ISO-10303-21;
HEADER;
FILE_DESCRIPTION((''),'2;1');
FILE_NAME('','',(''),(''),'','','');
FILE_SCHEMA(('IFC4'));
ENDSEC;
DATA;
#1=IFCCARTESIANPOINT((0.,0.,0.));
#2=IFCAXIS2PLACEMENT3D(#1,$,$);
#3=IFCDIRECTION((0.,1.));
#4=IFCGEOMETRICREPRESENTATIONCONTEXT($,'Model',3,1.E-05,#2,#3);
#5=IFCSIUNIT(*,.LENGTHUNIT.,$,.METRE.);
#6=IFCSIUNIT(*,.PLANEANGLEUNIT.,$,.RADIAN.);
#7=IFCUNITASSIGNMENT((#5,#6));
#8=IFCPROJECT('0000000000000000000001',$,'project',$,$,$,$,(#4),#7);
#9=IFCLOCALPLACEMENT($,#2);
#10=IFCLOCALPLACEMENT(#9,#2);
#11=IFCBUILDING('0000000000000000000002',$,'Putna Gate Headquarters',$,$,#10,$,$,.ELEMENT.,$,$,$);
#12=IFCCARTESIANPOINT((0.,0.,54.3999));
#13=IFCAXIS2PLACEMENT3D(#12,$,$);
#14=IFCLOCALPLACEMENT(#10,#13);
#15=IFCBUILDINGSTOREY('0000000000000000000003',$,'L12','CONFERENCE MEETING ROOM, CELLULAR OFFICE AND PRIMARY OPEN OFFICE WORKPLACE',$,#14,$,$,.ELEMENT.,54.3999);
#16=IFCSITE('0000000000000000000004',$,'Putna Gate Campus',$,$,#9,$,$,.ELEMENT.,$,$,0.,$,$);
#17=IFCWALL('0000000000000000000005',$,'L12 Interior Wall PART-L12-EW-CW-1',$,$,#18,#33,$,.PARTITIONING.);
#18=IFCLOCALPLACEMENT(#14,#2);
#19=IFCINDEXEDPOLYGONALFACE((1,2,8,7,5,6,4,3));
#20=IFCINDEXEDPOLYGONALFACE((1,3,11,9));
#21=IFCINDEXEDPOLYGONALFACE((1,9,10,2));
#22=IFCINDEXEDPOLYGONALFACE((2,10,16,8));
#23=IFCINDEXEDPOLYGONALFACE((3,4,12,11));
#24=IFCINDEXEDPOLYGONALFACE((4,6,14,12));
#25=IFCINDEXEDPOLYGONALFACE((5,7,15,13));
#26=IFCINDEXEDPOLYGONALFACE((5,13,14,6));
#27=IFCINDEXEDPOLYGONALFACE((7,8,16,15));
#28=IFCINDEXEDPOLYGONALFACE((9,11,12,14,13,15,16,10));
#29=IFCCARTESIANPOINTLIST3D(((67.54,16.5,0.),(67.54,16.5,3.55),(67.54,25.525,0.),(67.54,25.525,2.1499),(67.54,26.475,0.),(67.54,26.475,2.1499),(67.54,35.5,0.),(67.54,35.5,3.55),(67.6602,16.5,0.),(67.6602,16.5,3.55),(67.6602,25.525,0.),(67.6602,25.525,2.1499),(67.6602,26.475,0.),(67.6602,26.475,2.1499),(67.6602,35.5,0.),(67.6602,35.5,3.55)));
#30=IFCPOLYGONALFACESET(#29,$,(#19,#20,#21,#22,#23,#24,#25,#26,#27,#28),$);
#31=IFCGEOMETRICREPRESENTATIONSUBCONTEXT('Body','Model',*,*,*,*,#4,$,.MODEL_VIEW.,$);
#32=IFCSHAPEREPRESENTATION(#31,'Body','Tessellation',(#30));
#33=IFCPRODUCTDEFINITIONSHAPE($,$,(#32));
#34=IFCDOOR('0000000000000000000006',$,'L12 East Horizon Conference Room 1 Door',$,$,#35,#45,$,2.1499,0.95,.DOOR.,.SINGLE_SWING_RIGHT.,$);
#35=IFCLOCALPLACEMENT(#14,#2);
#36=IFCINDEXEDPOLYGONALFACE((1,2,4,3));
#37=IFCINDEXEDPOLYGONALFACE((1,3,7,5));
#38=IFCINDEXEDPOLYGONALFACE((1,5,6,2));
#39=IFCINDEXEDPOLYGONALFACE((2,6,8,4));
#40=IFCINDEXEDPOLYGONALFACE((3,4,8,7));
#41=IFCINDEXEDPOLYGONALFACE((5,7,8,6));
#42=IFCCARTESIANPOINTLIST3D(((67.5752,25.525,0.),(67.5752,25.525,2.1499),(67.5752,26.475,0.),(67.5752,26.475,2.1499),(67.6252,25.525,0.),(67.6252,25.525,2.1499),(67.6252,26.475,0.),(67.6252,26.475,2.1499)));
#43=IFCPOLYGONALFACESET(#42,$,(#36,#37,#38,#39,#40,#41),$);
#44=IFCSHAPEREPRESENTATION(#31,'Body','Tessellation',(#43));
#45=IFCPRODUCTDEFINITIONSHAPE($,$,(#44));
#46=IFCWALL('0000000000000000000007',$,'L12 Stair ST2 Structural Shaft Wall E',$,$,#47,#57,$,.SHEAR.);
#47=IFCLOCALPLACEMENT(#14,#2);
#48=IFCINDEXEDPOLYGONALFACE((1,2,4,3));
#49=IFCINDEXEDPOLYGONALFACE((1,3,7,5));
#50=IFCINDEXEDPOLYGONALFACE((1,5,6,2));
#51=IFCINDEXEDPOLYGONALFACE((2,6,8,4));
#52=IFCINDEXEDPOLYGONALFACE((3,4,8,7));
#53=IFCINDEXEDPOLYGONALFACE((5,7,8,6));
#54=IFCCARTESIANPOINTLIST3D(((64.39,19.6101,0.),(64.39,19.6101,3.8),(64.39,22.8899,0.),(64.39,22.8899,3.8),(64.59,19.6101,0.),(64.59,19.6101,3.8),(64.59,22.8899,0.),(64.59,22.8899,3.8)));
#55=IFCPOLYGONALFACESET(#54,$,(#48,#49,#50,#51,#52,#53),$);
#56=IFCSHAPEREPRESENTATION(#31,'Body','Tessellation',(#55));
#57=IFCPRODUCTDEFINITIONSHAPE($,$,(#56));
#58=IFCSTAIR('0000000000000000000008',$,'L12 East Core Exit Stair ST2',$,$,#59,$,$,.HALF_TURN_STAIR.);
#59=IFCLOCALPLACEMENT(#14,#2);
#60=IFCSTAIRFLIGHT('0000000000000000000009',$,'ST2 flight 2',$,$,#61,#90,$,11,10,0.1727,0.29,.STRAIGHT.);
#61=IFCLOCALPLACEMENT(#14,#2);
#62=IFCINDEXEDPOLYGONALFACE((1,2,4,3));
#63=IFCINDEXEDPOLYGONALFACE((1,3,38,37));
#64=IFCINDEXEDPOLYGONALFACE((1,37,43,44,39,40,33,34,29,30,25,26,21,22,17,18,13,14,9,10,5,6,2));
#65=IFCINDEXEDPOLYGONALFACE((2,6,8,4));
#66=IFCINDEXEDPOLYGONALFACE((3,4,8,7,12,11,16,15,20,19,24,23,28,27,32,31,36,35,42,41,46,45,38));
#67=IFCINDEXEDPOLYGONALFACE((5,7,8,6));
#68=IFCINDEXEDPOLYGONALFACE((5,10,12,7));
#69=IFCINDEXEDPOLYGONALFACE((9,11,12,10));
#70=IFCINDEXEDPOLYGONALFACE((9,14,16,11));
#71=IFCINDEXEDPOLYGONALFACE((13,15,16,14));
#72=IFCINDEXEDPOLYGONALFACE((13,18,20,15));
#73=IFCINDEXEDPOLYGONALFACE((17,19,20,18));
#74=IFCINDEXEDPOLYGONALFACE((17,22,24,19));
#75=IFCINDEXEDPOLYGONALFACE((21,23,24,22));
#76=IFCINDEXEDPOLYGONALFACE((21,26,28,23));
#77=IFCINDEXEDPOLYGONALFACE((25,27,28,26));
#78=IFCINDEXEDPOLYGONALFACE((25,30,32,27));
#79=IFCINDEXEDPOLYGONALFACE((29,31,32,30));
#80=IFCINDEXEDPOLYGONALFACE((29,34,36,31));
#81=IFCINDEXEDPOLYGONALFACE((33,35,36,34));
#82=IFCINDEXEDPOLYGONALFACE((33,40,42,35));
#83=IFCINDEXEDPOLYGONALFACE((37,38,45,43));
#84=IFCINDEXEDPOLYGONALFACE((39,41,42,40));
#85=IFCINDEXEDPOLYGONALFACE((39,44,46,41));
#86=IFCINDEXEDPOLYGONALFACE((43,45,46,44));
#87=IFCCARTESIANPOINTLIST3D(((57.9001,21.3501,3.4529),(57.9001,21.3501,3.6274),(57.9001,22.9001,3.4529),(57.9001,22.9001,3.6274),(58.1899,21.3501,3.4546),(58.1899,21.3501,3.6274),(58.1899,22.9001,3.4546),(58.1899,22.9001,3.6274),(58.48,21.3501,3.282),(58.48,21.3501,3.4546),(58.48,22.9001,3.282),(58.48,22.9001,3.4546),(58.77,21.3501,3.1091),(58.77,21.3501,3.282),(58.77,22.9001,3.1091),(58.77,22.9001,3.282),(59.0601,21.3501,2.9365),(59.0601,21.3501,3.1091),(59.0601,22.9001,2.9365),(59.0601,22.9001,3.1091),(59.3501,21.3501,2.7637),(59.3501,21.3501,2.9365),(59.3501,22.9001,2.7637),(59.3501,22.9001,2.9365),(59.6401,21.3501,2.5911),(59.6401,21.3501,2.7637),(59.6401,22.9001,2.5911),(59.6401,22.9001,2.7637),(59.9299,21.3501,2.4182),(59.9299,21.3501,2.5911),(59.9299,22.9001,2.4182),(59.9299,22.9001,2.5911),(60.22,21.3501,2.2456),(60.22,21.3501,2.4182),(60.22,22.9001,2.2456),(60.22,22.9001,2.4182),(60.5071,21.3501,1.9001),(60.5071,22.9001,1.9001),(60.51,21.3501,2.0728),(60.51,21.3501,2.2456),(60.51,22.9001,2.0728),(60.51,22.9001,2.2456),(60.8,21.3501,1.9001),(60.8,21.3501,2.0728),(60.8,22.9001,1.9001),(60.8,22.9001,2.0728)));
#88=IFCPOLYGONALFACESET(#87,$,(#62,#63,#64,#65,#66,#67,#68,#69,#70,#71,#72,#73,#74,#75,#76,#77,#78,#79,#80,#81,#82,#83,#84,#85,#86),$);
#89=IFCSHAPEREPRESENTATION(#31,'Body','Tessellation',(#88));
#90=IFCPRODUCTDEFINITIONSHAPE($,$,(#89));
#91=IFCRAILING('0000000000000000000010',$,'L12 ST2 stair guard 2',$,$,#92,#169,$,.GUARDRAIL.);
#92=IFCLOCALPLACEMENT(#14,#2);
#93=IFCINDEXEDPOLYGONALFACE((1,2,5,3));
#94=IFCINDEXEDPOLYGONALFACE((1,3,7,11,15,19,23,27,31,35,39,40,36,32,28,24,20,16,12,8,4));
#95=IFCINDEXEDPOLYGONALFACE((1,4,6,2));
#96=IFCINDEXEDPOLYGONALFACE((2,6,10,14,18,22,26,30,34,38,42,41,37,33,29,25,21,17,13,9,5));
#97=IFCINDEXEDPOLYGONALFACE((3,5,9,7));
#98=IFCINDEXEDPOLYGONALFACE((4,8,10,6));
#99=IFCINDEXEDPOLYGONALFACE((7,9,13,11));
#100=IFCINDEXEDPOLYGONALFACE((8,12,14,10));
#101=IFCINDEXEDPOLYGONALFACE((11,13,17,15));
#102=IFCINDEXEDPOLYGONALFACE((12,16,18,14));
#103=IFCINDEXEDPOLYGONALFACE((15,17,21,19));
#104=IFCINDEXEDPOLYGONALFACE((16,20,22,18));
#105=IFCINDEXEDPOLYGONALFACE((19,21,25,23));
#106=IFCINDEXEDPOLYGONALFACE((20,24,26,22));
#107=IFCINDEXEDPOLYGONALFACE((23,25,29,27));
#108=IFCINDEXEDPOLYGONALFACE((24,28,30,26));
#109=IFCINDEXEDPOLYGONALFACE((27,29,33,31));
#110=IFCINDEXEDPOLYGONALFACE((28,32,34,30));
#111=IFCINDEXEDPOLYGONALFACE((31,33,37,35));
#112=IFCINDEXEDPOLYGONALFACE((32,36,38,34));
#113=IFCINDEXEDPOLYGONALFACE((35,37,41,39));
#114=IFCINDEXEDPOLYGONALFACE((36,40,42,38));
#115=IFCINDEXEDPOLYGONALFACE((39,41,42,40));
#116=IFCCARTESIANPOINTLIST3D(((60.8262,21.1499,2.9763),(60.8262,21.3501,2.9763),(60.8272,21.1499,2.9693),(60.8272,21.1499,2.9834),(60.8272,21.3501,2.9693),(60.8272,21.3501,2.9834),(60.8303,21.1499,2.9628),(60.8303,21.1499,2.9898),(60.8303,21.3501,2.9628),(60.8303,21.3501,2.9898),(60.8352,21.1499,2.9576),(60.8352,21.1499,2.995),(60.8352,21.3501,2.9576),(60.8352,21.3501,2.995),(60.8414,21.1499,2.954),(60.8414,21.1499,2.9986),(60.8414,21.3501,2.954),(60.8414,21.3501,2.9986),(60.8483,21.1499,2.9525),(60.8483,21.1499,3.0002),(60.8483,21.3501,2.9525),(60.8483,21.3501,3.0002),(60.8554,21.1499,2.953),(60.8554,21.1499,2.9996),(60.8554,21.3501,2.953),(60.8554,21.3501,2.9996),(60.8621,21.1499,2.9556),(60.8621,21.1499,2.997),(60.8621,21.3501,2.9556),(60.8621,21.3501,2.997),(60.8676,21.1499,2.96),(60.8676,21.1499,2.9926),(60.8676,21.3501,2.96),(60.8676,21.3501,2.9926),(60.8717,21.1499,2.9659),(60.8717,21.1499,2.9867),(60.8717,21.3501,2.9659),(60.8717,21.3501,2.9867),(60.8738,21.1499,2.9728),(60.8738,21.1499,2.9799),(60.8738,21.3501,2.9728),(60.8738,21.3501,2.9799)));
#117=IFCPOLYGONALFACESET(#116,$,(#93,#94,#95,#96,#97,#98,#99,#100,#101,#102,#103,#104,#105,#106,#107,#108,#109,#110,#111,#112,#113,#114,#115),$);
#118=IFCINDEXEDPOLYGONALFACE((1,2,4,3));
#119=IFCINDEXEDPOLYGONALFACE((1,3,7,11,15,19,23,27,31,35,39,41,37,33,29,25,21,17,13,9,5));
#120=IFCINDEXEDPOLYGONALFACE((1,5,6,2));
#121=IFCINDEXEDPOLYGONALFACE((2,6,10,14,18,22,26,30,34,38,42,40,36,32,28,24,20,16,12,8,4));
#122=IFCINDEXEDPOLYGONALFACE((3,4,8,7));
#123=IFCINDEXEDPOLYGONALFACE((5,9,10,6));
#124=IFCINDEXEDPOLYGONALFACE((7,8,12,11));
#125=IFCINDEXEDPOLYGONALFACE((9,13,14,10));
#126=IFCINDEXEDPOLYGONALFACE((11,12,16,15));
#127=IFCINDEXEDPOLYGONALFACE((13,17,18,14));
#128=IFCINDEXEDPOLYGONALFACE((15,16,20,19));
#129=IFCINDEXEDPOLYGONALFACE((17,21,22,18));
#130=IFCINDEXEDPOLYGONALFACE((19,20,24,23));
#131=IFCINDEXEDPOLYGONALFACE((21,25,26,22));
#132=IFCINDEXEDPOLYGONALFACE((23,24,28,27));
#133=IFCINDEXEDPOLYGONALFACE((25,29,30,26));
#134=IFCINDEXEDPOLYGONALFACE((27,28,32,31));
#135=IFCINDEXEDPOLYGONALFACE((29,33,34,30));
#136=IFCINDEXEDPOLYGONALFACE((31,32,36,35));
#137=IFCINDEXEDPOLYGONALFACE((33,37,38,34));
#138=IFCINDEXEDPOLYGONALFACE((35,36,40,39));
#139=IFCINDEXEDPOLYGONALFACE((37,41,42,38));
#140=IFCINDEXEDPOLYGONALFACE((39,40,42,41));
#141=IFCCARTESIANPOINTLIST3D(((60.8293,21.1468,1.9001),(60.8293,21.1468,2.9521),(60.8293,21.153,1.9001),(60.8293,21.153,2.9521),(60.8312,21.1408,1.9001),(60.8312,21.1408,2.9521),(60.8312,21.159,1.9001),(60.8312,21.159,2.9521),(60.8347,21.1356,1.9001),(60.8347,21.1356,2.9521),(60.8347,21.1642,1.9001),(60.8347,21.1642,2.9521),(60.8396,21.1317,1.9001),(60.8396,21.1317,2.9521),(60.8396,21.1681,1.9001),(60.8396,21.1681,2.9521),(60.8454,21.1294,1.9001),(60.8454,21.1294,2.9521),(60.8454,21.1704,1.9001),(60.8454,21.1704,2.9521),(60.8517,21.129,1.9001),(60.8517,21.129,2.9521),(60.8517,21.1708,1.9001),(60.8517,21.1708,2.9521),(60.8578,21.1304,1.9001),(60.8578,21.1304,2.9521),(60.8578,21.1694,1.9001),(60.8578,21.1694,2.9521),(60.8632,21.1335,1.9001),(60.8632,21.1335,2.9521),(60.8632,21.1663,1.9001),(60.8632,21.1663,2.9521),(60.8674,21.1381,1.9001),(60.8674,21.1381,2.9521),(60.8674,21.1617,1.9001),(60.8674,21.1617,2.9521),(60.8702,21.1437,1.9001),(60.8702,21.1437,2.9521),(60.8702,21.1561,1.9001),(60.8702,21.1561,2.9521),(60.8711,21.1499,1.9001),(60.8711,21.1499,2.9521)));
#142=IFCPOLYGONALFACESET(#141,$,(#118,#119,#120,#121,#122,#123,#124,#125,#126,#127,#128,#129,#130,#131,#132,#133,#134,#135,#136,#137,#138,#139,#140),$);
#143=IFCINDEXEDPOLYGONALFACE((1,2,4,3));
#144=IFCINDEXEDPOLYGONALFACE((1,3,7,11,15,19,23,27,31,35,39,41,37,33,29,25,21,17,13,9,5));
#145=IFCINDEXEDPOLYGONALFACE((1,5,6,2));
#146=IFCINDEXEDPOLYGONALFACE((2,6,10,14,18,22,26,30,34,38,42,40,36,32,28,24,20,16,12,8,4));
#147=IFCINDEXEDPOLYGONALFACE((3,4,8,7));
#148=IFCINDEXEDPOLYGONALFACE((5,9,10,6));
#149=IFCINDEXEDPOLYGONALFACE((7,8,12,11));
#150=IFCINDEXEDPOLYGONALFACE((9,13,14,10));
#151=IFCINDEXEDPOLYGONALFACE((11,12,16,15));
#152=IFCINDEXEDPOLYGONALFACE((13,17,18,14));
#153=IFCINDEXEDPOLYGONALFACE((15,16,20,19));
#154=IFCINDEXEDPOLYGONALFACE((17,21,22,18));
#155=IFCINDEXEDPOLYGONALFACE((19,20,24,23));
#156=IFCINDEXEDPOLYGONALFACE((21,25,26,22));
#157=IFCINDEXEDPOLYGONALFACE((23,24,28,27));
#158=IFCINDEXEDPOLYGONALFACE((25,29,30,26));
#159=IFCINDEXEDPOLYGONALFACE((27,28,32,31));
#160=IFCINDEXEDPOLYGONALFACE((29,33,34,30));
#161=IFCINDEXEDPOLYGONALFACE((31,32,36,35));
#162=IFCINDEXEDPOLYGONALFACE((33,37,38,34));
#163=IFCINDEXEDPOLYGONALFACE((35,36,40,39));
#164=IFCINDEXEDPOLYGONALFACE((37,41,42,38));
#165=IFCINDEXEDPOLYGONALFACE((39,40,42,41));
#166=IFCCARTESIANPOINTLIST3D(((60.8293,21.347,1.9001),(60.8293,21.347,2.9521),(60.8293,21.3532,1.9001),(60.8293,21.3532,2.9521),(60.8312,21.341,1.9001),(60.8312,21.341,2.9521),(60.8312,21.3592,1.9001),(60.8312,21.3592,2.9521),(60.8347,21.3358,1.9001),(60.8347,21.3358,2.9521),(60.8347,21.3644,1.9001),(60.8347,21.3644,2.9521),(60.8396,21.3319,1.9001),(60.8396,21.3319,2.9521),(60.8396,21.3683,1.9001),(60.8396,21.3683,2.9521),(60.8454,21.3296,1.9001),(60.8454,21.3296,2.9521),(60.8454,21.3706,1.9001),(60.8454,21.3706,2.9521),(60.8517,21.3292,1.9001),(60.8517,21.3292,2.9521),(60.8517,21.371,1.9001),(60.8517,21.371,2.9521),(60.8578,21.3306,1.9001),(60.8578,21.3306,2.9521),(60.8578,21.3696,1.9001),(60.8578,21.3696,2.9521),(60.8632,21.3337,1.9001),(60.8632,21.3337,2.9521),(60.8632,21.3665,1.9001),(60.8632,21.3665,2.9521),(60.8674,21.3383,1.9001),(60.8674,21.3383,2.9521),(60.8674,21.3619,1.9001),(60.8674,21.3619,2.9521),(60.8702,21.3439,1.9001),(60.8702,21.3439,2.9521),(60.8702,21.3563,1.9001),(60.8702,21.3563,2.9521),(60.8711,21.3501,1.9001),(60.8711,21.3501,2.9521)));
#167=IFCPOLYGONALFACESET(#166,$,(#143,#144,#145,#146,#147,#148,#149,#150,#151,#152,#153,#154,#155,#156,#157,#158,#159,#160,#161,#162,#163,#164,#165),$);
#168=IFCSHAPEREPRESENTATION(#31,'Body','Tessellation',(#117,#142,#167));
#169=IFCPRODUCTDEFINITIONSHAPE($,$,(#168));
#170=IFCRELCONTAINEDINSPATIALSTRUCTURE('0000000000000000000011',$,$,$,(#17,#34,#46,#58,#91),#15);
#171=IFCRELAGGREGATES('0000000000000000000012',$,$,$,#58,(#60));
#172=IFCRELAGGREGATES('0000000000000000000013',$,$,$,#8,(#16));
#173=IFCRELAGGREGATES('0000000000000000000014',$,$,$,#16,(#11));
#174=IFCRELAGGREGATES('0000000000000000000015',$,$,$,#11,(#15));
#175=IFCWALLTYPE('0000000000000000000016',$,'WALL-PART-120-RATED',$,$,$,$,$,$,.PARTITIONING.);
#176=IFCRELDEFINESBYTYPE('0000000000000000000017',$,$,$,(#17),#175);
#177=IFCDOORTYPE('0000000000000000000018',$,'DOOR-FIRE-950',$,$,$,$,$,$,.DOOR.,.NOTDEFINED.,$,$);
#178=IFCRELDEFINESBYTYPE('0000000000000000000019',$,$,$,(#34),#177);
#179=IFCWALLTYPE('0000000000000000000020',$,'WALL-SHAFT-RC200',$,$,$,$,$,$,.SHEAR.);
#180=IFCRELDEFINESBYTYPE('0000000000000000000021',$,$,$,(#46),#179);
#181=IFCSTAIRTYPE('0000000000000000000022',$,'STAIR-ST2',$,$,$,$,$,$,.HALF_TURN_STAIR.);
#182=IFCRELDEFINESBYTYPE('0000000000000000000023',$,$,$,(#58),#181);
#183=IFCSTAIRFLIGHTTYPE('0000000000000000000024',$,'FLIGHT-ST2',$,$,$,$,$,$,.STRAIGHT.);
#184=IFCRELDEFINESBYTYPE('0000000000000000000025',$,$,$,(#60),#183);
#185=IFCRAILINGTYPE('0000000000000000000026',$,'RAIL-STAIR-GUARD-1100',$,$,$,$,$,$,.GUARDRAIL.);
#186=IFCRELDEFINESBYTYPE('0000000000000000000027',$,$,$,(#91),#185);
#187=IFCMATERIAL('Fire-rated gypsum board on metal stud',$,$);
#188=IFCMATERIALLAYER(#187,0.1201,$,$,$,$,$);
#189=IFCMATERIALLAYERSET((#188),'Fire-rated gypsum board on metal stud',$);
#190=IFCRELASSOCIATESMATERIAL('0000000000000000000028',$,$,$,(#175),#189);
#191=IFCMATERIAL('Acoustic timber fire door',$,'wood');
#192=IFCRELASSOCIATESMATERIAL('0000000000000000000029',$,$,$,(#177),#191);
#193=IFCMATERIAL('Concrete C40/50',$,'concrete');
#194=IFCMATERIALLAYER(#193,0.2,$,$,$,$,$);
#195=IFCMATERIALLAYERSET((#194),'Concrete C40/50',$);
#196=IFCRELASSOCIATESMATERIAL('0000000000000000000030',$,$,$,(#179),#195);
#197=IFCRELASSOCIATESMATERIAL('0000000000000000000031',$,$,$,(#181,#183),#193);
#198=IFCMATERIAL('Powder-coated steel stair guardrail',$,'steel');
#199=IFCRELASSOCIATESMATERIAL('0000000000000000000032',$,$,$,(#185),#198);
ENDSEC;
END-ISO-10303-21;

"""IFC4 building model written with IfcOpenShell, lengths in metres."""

from ifc_helpers import new_model, si_unit, direction, frame, frame_2d, origin, origin_2d, place, context, subcontext, project, spatial, polyline, rectangle, circle, outline, extrude, material, layer, layer_set, type_object, element, fill, aggregate, save


model = new_model("IFC4")

# Units and contexts
model_context = context("Model", 3, precision=1e-05, world=origin(), true_north=direction((0.0, 1.0)))
body_context = subcontext(model_context, "Body", "Model", "MODEL_VIEW")
ifc_project = project(units=[si_unit("LENGTHUNIT", "METRE"), si_unit("PLANEANGLEUNIT", "RADIAN")], contexts=[model_context])

# Site, building, storey
site_placement = place(None, origin())
site = spatial("IfcSite", under=ifc_project, at=site_placement, Name="Putna Gate Campus", CompositionType="ELEMENT", RefElevation=0.0)
building_placement = place(site_placement, origin())
building = spatial("IfcBuilding", under=site, at=building_placement, Name="Putna Gate Headquarters", CompositionType="ELEMENT")
storey_placement = place(building_placement, frame((0.0, 0.0, 54.3999)))
storey = spatial("IfcBuildingStorey", under=building, at=storey_placement, Name="L12", Description="CONFERENCE MEETING ROOM, CELLULAR OFFICE AND PRIMARY OPEN OFFICE WORKPLACE", CompositionType="ELEMENT", Elevation=54.3999)

# Wall, opening, door
ifc_material_1 = material(Name="Fire-rated gypsum board on metal stud")
ifc_layer_1 = layer(ifc_material_1, 0.1201)
ifc_layer_set_1 = layer_set([ifc_layer_1], Name="Fire-rated gypsum board on metal stud")
wall_type_1 = type_object("IfcWallType", Name="WALL-PART-120-RATED", PredefinedType="PARTITIONING", material=ifc_layer_set_1)
wall_1_placement = place(storey_placement, frame((67.6001, 16.5, 0.0), z_axis=(0.0, 0.0, 1.0), x_axis=(0.0, 1.0, 0.0)))
wall_1 = element("IfcWall", 1, at=wall_1_placement, inside=storey, type_object=wall_type_1, Name="L12 Interior Wall PART-L12-EW-CW-1", PredefinedType="PARTITIONING", context=body_context, shape_type="SweptSolid", body=[
    extrude(rectangle(XDim=19.0, YDim=0.1201, at=frame_2d((9.5, 0.0))), origin(), (0.0, 0.0, 1.0), 3.55),
])
opening_1_placement = place(wall_1_placement, frame((9.0249, 0.0, 0.0)))
opening_1 = element("IfcOpeningElement", 2, at=opening_1_placement, cuts=wall_1, PredefinedType="OPENING", context=body_context, shape_type="SweptSolid", body=[
    extrude(rectangle(XDim=0.95, YDim=2.1499, at=frame_2d((0.4751, 1.075))), frame((0.0, 0.0701, 0.0), z_axis=(0.0, -1.0, 0.0), x_axis=(1.0, 0.0, 0.0)), (0.0, 0.0, 1.0), 0.1401),
])
ifc_material_2 = material(Name="Acoustic timber fire door", Category="wood")
door_type_1 = type_object("IfcDoorType", Name="DOOR-FIRE-950", OperationType="NOTDEFINED", PredefinedType="DOOR", material=ifc_material_2)
door_1_placement = place(opening_1_placement, origin())
door_1 = element("IfcDoor", 3, at=door_1_placement, inside=storey, type_object=door_type_1, Name="L12 East Horizon Conference Room 1 Door", OperationType="SINGLE_SWING_RIGHT", OverallHeight=2.1499, OverallWidth=0.95, PredefinedType="DOOR", context=body_context, shape_type="SweptSolid", body=[
    extrude(rectangle(XDim=0.95, YDim=2.1499, at=frame_2d((0.4751, 1.075))), frame((0.0, 0.0249, 0.0), z_axis=(0.0, -1.0, 0.0), x_axis=(1.0, 0.0, 0.0)), (0.0, 0.0, 1.0), 0.05),
])
fill(opening_1, door_1)

# Wall
ifc_material_3 = material(Name="Concrete C40/50", Category="concrete")
ifc_layer_2 = layer(ifc_material_3, 0.2)
ifc_layer_set_2 = layer_set([ifc_layer_2], Name="Concrete C40/50")
wall_type_2 = type_object("IfcWallType", Name="WALL-SHAFT-RC200", PredefinedType="SHEAR", material=ifc_layer_set_2)
wall_2_placement = place(storey_placement, frame((64.49, 19.6101, 0.0), z_axis=(0.0, 0.0, 1.0), x_axis=(0.0, 1.0, 0.0)))
element("IfcWall", 4, at=wall_2_placement, inside=storey, type_object=wall_type_2, Name="L12 Stair ST2 Structural Shaft Wall E", PredefinedType="SHEAR", context=body_context, shape_type="SweptSolid", body=[
    extrude(rectangle(XDim=3.2798, YDim=0.2, at=frame_2d((1.6399, 0.0))), origin(), (0.0, 0.0, 1.0), 3.8),
])

# Stair, stair flight
stair_type = type_object("IfcStairType", Name="STAIR-ST2", PredefinedType="HALF_TURN_STAIR", material=ifc_material_3)
stair_placement = place(storey_placement, origin())
stair = element("IfcStair", 5, at=stair_placement, inside=storey, type_object=stair_type, Name="L12 East Core Exit Stair ST2", PredefinedType="HALF_TURN_STAIR")
stair_flight_type = type_object("IfcStairFlightType", Name="FLIGHT-ST2", PredefinedType="STRAIGHT", material=ifc_material_3)
stair_flight_placement = place(storey_placement, frame((60.8, 22.125, 1.9001), z_axis=(0.0, 0.0, 1.0), x_axis=(-1.0, 0.0, 0.0)))
stair_flight = element("IfcStairFlight", 6, at=stair_flight_placement, type_object=stair_flight_type, Name="ST2 flight 2", NumberOfRisers=11, NumberOfTreads=10, PredefinedType="STRAIGHT", RiserHeight=0.1727, TreadLength=0.29, context=body_context, shape_type="SweptSolid", body=[
    extrude(outline(polyline([(0.0, 0.0), (0.0, 0.1726), (0.29, 0.1726), (0.29, 0.3455), (0.5801, 0.3455), (0.5801, 0.5181), (0.8701, 0.5181), (0.8701, 0.6909), (1.1599, 0.6909), (1.1599, 0.8635), (1.45, 0.8635), (1.45, 1.0364), (1.74, 1.0364), (1.74, 1.209), (2.03, 1.209), (2.03, 1.3818), (2.3201, 1.3818), (2.3201, 1.5544), (2.6101, 1.5544), (2.6101, 1.7273), (2.8999, 1.7273), (2.8999, 1.8999), (2.8999, 1.5527), (0.293, 0.0), (0.0, 0.0)])), frame((0.0, 0.7749, 0.0), z_axis=(0.0, -1.0, 0.0), x_axis=(1.0, 0.0, 0.0)), (0.0, 0.0, 1.0), 1.55),
])
aggregate(stair, [stair_flight])

# Railing
ifc_material_4 = material(Name="Powder-coated steel stair guardrail", Category="steel")
railing_type_1 = type_object("IfcRailingType", Name="RAIL-STAIR-GUARD-1100", PredefinedType="GUARDRAIL", material=ifc_material_4)
railing_1_placement = place(storey_placement, frame((60.8501, 21.1499, 1.9001)))
element("IfcRailing", 7, at=railing_1_placement, inside=storey, type_object=railing_type_1, Name="L12 ST2 stair guard 2", PredefinedType="GUARDRAIL", context=body_context, shape_type="SweptSolid", body=[
    extrude(circle(Radius=0.0239, at=origin_2d()), frame((0.0, 0.0, 1.0762), z_axis=(0.0, 1.0, 0.0), x_axis=(-1.0, 0.0, 0.0)), (0.0, 0.0, 1.0), 0.2002),
    extrude(circle(Radius=0.021, at=origin_2d()), origin(), (0.0, 0.0, 1.0), 1.052),
    extrude(circle(Radius=0.021, at=origin_2d()), frame((0.0, 0.2002, 0.0)), (0.0, 0.0, 1.0), 1.052),
])

save(model, "model.ifc")
